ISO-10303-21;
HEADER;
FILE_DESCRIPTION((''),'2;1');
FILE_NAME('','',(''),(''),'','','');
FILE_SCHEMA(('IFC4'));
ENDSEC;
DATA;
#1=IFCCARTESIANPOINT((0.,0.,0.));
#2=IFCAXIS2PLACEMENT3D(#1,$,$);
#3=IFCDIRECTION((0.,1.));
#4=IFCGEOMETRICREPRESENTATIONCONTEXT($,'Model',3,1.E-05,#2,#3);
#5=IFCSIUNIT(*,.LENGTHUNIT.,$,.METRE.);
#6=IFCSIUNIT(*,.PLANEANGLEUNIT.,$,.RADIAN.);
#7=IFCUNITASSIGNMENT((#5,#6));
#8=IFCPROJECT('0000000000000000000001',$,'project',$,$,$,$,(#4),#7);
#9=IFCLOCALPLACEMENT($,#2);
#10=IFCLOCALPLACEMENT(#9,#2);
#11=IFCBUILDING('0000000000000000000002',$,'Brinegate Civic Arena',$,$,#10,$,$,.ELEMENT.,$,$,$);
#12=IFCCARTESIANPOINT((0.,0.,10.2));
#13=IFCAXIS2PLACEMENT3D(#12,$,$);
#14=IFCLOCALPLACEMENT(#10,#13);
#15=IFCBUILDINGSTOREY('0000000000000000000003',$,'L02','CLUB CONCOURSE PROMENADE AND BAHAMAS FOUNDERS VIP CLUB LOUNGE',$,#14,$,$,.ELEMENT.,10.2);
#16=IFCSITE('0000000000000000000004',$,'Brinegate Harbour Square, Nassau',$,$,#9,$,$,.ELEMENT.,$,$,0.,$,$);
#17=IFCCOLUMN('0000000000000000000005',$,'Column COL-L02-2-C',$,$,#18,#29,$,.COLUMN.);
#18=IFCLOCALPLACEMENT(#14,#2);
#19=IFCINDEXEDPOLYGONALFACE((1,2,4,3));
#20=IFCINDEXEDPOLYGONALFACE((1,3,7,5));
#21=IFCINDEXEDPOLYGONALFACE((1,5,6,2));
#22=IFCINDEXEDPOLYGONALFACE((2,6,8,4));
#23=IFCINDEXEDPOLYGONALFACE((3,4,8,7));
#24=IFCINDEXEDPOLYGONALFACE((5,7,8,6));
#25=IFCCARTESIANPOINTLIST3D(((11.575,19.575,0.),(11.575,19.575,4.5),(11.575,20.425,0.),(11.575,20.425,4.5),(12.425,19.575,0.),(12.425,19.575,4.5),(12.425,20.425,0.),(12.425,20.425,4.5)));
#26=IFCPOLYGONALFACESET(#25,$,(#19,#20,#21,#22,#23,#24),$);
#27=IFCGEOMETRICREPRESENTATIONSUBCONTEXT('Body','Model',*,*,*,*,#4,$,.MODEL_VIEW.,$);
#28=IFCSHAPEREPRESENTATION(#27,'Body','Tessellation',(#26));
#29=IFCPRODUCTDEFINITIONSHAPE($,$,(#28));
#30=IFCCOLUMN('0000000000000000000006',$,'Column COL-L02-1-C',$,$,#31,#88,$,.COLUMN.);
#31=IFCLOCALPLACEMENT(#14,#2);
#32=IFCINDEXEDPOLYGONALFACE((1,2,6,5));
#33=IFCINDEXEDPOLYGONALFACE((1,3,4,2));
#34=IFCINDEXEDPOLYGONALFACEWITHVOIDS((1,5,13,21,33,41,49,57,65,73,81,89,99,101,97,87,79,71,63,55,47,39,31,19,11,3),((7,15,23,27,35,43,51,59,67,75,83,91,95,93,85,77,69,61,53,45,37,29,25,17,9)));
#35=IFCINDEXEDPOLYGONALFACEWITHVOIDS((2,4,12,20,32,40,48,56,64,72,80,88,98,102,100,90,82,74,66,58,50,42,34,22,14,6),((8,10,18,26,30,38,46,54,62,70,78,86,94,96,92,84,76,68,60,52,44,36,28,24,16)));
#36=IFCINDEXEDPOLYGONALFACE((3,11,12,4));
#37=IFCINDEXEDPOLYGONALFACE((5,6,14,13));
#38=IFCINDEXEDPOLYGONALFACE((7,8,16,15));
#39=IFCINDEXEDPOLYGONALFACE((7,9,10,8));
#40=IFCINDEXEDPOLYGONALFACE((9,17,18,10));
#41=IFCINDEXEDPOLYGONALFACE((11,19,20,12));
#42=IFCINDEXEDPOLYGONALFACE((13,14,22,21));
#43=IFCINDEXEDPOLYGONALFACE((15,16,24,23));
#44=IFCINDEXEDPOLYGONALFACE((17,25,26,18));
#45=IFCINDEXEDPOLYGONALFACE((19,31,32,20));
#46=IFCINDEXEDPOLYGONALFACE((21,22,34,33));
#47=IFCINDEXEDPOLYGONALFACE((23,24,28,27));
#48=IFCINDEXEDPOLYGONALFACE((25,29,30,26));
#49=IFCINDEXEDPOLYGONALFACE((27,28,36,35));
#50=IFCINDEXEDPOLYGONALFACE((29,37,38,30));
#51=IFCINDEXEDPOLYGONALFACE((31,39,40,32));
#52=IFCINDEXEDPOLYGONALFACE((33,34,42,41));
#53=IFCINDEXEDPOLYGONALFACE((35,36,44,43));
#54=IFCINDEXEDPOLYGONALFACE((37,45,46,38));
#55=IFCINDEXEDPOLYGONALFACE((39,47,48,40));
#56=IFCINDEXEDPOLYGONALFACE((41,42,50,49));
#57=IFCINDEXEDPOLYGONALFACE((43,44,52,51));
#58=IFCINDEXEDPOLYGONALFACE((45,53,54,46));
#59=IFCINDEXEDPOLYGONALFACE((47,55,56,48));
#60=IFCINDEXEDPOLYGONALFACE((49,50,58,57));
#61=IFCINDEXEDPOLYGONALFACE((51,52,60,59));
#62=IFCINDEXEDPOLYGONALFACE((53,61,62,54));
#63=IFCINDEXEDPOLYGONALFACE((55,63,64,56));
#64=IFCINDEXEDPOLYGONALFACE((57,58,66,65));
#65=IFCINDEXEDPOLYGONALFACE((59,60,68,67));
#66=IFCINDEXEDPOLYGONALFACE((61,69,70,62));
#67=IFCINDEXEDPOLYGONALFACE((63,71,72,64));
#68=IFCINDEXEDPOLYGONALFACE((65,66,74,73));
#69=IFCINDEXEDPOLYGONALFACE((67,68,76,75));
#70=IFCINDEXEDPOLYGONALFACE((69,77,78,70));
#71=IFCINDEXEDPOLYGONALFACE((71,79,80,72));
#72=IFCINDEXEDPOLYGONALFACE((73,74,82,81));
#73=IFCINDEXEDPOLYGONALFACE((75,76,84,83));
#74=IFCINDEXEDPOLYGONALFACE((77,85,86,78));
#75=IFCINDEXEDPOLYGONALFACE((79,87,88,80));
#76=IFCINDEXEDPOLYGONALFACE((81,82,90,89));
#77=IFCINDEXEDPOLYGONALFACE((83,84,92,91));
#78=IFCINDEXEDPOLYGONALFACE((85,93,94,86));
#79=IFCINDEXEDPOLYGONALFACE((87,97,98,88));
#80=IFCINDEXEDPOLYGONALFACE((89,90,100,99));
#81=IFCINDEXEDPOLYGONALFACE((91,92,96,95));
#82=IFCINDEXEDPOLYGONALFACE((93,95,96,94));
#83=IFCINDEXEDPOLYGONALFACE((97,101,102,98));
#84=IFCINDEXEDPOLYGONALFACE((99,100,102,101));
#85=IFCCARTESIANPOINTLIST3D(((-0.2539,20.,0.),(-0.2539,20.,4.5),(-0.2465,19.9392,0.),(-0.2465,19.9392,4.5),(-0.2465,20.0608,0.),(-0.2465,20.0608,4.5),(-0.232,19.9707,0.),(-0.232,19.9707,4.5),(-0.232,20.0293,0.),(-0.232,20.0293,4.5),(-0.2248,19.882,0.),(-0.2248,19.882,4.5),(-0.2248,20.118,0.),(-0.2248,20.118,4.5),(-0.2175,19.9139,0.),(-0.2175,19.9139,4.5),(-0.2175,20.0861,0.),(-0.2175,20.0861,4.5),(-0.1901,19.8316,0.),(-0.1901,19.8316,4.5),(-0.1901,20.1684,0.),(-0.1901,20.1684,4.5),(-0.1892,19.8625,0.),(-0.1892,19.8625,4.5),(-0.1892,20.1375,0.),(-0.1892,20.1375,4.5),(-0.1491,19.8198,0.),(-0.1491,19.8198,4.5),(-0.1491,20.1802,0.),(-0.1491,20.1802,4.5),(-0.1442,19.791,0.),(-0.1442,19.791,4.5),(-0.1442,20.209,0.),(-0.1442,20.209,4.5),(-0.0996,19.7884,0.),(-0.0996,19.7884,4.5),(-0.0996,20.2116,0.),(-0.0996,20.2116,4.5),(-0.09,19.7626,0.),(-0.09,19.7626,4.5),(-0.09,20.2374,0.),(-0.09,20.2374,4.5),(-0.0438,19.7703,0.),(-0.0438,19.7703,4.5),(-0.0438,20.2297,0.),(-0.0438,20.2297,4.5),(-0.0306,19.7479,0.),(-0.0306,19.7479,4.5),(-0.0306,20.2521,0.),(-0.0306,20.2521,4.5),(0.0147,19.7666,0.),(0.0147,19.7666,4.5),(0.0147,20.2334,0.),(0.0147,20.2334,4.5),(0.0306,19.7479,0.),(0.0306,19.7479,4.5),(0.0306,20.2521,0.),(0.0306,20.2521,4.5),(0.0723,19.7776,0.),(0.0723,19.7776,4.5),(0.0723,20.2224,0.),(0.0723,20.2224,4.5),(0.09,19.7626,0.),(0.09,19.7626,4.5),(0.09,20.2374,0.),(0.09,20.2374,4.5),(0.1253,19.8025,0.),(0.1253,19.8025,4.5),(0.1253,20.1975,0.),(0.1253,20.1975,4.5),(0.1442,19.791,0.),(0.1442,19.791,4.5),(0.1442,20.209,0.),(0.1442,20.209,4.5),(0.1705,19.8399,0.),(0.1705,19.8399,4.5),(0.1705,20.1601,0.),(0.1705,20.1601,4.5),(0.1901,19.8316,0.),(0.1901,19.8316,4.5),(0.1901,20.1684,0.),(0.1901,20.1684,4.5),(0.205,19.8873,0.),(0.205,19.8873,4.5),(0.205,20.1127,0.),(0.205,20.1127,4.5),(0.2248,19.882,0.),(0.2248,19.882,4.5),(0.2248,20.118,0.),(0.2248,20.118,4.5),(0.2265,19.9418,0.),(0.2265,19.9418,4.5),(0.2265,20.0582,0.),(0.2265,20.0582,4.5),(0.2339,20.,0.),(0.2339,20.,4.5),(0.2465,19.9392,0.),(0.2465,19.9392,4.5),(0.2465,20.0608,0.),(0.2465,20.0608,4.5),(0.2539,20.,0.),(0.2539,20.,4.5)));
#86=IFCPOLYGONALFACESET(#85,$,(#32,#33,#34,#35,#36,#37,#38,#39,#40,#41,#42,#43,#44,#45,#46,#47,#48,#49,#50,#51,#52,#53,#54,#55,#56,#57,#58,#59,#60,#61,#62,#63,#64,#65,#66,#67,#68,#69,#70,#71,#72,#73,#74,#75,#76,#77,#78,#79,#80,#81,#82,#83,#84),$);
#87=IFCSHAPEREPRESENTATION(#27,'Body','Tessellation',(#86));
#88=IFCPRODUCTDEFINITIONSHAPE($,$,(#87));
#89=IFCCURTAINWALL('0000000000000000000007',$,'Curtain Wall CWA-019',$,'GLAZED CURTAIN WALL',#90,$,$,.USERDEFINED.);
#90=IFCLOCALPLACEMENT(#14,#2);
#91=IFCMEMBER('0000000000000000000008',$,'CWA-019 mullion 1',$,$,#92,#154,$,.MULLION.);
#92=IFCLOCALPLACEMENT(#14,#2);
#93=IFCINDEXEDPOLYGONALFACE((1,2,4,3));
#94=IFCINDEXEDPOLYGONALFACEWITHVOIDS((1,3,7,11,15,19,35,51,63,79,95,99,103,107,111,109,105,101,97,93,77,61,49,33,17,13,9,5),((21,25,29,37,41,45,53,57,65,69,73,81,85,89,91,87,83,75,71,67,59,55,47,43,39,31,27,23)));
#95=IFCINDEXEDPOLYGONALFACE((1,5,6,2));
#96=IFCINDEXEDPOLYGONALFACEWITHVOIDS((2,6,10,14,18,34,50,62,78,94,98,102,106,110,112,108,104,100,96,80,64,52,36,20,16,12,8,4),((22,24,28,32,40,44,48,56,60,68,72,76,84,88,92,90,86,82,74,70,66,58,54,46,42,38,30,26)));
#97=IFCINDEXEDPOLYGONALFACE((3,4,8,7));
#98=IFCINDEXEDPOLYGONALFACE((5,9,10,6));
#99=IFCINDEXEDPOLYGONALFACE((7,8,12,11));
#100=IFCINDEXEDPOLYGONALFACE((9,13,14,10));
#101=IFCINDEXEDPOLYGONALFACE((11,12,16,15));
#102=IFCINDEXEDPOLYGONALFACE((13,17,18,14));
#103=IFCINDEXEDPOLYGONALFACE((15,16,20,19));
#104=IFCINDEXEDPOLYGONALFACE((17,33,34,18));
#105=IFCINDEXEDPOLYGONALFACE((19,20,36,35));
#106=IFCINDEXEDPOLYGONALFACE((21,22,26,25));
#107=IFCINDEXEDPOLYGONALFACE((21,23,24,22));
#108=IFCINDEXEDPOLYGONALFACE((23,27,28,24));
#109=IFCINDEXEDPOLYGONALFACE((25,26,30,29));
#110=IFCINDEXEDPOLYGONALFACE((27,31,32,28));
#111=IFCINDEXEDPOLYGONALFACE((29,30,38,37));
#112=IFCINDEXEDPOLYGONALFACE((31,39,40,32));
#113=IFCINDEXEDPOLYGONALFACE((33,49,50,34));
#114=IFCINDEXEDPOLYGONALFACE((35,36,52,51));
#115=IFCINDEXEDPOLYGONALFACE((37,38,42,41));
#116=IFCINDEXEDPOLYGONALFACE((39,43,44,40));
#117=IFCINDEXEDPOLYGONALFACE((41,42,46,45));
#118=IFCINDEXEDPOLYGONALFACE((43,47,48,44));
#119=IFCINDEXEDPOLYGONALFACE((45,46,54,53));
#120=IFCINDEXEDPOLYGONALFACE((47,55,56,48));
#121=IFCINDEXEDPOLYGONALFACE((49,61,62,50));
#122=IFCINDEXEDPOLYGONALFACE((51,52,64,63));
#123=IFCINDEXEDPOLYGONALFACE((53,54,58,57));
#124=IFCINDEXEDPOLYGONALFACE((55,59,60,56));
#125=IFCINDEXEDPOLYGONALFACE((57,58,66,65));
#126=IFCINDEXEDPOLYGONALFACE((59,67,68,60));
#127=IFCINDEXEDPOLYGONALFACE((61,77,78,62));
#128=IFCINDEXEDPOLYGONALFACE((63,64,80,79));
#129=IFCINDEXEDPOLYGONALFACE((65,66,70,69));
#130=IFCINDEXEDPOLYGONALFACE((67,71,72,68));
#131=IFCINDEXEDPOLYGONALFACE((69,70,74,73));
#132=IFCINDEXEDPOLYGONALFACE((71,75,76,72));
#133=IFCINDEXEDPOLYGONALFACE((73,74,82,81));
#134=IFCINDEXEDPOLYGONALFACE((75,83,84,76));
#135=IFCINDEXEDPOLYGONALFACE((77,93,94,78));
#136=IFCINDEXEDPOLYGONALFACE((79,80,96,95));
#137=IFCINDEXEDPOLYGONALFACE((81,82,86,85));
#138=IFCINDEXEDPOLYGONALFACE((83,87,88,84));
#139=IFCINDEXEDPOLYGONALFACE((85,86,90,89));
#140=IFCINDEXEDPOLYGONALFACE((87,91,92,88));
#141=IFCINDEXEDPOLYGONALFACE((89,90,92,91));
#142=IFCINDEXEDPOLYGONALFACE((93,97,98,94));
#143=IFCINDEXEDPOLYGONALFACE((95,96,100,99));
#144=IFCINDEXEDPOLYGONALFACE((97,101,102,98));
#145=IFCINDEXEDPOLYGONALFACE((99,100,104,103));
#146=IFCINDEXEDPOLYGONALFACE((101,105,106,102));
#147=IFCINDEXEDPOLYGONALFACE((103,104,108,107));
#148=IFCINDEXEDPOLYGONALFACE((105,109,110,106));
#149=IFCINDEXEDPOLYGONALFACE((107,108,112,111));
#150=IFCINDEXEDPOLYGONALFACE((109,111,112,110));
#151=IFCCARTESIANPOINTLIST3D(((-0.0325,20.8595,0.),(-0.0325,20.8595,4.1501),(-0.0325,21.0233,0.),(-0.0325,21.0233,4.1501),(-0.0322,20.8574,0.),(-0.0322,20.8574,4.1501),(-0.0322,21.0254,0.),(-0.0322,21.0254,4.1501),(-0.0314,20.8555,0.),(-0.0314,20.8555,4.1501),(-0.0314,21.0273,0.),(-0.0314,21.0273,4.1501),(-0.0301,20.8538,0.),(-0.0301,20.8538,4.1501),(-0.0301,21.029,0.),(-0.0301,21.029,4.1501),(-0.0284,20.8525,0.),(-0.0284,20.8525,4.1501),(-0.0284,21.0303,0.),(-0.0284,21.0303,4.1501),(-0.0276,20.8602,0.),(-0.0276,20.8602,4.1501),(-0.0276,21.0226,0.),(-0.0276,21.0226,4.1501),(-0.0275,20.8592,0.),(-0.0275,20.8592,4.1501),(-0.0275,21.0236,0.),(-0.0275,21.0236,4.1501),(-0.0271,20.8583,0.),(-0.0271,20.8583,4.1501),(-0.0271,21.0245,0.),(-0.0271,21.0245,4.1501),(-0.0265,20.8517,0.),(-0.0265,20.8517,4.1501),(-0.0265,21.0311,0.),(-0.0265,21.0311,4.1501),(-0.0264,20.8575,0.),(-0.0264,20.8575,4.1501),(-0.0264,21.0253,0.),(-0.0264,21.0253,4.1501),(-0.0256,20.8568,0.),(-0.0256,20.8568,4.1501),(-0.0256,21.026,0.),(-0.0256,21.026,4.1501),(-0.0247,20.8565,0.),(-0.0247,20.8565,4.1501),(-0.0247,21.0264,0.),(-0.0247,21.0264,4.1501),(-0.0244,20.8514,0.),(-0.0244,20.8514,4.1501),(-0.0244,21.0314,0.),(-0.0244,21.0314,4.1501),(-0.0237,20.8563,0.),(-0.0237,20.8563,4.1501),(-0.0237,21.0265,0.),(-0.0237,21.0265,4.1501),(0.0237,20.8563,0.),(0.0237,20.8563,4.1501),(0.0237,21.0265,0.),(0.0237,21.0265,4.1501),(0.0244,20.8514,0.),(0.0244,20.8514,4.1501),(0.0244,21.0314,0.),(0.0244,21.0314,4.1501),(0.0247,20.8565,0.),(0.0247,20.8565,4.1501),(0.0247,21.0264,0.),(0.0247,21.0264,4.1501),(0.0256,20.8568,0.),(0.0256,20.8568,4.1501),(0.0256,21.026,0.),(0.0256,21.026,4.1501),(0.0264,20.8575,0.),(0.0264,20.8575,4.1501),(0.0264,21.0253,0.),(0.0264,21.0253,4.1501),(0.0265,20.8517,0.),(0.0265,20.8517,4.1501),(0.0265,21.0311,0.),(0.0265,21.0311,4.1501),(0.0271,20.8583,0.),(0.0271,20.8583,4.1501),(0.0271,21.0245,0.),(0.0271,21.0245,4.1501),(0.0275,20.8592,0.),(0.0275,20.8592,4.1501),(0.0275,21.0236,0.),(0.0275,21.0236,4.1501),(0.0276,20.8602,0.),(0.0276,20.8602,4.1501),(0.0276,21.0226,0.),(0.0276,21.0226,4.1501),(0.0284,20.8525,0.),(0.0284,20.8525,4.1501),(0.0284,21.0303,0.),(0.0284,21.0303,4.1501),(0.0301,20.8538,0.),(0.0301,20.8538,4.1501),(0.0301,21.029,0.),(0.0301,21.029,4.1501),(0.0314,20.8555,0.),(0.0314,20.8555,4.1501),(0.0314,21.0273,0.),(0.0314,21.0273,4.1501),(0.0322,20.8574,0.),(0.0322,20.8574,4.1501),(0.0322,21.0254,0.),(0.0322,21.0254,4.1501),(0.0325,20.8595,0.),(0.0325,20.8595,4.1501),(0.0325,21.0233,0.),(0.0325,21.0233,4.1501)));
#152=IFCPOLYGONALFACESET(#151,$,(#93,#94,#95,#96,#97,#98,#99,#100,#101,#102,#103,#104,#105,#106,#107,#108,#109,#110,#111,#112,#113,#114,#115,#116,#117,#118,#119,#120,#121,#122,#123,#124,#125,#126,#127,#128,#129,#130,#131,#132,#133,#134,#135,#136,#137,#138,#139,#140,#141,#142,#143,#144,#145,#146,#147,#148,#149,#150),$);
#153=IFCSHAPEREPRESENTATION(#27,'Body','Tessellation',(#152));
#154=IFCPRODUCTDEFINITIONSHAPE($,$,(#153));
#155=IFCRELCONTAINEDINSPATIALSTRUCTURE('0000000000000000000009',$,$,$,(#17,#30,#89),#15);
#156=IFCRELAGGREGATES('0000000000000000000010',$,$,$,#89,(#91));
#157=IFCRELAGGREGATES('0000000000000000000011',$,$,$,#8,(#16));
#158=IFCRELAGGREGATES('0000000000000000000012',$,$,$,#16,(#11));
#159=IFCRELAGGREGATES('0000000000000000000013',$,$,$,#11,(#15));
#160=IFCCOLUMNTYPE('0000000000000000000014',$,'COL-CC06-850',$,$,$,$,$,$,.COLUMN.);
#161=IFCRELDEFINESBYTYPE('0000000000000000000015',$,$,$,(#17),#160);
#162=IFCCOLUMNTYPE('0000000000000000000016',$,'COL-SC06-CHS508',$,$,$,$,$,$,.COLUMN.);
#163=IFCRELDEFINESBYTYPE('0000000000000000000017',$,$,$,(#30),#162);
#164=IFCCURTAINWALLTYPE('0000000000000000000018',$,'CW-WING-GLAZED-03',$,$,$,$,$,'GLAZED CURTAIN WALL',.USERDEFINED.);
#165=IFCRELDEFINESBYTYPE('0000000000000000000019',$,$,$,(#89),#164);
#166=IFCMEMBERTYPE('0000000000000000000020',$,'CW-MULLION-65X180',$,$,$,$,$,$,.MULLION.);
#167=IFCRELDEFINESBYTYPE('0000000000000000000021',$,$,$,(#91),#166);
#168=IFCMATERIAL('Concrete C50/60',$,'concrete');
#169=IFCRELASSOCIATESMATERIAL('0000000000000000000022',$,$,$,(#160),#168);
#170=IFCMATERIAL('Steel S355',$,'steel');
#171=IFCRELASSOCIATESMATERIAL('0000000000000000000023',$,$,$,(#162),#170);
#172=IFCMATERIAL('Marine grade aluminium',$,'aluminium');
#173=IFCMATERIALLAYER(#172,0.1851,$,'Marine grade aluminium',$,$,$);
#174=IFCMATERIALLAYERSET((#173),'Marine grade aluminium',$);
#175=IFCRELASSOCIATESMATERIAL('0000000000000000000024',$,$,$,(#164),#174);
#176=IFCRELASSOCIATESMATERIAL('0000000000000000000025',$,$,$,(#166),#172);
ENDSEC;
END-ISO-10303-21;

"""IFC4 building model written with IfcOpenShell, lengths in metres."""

from ifc_helpers import new_model, si_unit, direction, frame, origin, origin_2d, place, context, subcontext, project, spatial, rectangle, hollow_rectangle, hollow_circle, extrude, material, layer, layer_set, material_profile, profile_set, type_object, element, aggregate, save


model = new_model("IFC4")

# Units and contexts
model_context = context("Model", 3, precision=1e-05, world=origin(), true_north=direction((0.0, 1.0)))
body_context = subcontext(model_context, "Body", "Model", "MODEL_VIEW")
ifc_project = project(units=[si_unit("LENGTHUNIT", "METRE"), si_unit("PLANEANGLEUNIT", "RADIAN")], contexts=[model_context])

# Site, building, storey
site_placement = place(None, origin())
site = spatial("IfcSite", under=ifc_project, at=site_placement, Name="Brinegate Harbour Square, Nassau", CompositionType="ELEMENT", RefElevation=0.0)
building_placement = place(site_placement, origin())
building = spatial("IfcBuilding", under=site, at=building_placement, Name="Brinegate Civic Arena", CompositionType="ELEMENT")
storey_placement = place(building_placement, frame((0.0, 0.0, 10.2)))
storey = spatial("IfcBuildingStorey", under=building, at=storey_placement, Name="L02", Description="CLUB CONCOURSE PROMENADE AND BAHAMAS FOUNDERS VIP CLUB LOUNGE", CompositionType="ELEMENT", Elevation=10.2)

# Columns
ifc_material_1 = material(Name="Concrete C50/60", Category="concrete")
ifc_material_profile_1 = material_profile(ifc_material_1, rectangle(XDim=0.8501, YDim=0.8501, at=origin_2d()), Name="RC850X850")
ifc_profile_set_1 = profile_set([ifc_material_profile_1], Name="Concrete C50/60")
column_type_1 = type_object("IfcColumnType", Name="COL-CC06-850", PredefinedType="COLUMN", material=ifc_profile_set_1)
column_1_placement = place(storey_placement, frame((12.0, 20.0, 0.0), z_axis=(0.0, 0.0, 1.0), x_axis=(1.0, 0.0, 0.0)))
element("IfcColumn", 1, at=column_1_placement, inside=storey, type_object=column_type_1, Name="Column COL-L02-2-C", PredefinedType="COLUMN", context=body_context, shape_type="SweptSolid", body=[
    extrude(rectangle(XDim=0.8501, YDim=0.8501, at=origin_2d()), origin(), (0.0, 0.0, 1.0), 4.5),
])
ifc_material_2 = material(Name="Steel S355", Category="steel")
ifc_material_profile_2 = material_profile(ifc_material_2, hollow_circle(Radius=0.2539, WallThickness=0.02, at=origin_2d()), Name="CHS508X20")
ifc_profile_set_2 = profile_set([ifc_material_profile_2], Name="Steel S355")
column_type_2 = type_object("IfcColumnType", Name="COL-SC06-CHS508", PredefinedType="COLUMN", material=ifc_profile_set_2)
column_2_placement = place(storey_placement, frame((0.0, 20.0, 0.0), z_axis=(0.0, 0.0, 1.0), x_axis=(1.0, 0.0, 0.0)))
element("IfcColumn", 2, at=column_2_placement, inside=storey, type_object=column_type_2, Name="Column COL-L02-1-C", PredefinedType="COLUMN", context=body_context, shape_type="SweptSolid", body=[
    extrude(hollow_circle(Radius=0.2539, WallThickness=0.02, at=origin_2d()), origin(), (0.0, 0.0, 1.0), 4.5),
])

# Curtain wall, member
ifc_material_3 = material(Name="Marine grade aluminium", Category="aluminium")
ifc_layer_1 = layer(ifc_material_3, 0.1851, Name="Marine grade aluminium")
ifc_layer_set_1 = layer_set([ifc_layer_1], Name="Marine grade aluminium")
curtain_wall_type = type_object("IfcCurtainWallType", Name="CW-WING-GLAZED-03", ElementType="GLAZED CURTAIN WALL", PredefinedType="USERDEFINED", material=ifc_layer_set_1)
curtain_wall_placement = place(storey_placement, origin())
curtain_wall = element("IfcCurtainWall", 3, at=curtain_wall_placement, inside=storey, type_object=curtain_wall_type, Name="Curtain Wall CWA-019", ObjectType="GLAZED CURTAIN WALL", PredefinedType="USERDEFINED")
ifc_material_profile_3 = material_profile(ifc_material_3, hollow_rectangle(XDim=0.0649, YDim=0.1799, WallThickness=0.0049, InnerFilletRadius=0.0039, OuterFilletRadius=0.0081, at=origin_2d()), Name="MUL65X180")
ifc_profile_set_3 = profile_set([ifc_material_profile_3], Name="Marine grade aluminium")
member_type_1 = type_object("IfcMemberType", Name="CW-MULLION-65X180", PredefinedType="MULLION", material=ifc_profile_set_3)
member_1_placement = place(storey_placement, frame((0.0, 20.9414, 0.0), z_axis=(0.0, 0.0, 1.0), x_axis=(-1.0, 0.0, 0.0)))
member_1 = element("IfcMember", 4, at=member_1_placement, type_object=member_type_1, Name="CWA-019 mullion 1", PredefinedType="MULLION", context=body_context, shape_type="SweptSolid", body=[
    extrude(hollow_rectangle(XDim=0.0649, YDim=0.1799, WallThickness=0.0049, InnerFilletRadius=0.0039, OuterFilletRadius=0.0081, at=origin_2d()), origin(), (0.0, 0.0, 1.0), 4.1501),
])

aggregate(curtain_wall, [member_1])

save(model, "model.ifc")
